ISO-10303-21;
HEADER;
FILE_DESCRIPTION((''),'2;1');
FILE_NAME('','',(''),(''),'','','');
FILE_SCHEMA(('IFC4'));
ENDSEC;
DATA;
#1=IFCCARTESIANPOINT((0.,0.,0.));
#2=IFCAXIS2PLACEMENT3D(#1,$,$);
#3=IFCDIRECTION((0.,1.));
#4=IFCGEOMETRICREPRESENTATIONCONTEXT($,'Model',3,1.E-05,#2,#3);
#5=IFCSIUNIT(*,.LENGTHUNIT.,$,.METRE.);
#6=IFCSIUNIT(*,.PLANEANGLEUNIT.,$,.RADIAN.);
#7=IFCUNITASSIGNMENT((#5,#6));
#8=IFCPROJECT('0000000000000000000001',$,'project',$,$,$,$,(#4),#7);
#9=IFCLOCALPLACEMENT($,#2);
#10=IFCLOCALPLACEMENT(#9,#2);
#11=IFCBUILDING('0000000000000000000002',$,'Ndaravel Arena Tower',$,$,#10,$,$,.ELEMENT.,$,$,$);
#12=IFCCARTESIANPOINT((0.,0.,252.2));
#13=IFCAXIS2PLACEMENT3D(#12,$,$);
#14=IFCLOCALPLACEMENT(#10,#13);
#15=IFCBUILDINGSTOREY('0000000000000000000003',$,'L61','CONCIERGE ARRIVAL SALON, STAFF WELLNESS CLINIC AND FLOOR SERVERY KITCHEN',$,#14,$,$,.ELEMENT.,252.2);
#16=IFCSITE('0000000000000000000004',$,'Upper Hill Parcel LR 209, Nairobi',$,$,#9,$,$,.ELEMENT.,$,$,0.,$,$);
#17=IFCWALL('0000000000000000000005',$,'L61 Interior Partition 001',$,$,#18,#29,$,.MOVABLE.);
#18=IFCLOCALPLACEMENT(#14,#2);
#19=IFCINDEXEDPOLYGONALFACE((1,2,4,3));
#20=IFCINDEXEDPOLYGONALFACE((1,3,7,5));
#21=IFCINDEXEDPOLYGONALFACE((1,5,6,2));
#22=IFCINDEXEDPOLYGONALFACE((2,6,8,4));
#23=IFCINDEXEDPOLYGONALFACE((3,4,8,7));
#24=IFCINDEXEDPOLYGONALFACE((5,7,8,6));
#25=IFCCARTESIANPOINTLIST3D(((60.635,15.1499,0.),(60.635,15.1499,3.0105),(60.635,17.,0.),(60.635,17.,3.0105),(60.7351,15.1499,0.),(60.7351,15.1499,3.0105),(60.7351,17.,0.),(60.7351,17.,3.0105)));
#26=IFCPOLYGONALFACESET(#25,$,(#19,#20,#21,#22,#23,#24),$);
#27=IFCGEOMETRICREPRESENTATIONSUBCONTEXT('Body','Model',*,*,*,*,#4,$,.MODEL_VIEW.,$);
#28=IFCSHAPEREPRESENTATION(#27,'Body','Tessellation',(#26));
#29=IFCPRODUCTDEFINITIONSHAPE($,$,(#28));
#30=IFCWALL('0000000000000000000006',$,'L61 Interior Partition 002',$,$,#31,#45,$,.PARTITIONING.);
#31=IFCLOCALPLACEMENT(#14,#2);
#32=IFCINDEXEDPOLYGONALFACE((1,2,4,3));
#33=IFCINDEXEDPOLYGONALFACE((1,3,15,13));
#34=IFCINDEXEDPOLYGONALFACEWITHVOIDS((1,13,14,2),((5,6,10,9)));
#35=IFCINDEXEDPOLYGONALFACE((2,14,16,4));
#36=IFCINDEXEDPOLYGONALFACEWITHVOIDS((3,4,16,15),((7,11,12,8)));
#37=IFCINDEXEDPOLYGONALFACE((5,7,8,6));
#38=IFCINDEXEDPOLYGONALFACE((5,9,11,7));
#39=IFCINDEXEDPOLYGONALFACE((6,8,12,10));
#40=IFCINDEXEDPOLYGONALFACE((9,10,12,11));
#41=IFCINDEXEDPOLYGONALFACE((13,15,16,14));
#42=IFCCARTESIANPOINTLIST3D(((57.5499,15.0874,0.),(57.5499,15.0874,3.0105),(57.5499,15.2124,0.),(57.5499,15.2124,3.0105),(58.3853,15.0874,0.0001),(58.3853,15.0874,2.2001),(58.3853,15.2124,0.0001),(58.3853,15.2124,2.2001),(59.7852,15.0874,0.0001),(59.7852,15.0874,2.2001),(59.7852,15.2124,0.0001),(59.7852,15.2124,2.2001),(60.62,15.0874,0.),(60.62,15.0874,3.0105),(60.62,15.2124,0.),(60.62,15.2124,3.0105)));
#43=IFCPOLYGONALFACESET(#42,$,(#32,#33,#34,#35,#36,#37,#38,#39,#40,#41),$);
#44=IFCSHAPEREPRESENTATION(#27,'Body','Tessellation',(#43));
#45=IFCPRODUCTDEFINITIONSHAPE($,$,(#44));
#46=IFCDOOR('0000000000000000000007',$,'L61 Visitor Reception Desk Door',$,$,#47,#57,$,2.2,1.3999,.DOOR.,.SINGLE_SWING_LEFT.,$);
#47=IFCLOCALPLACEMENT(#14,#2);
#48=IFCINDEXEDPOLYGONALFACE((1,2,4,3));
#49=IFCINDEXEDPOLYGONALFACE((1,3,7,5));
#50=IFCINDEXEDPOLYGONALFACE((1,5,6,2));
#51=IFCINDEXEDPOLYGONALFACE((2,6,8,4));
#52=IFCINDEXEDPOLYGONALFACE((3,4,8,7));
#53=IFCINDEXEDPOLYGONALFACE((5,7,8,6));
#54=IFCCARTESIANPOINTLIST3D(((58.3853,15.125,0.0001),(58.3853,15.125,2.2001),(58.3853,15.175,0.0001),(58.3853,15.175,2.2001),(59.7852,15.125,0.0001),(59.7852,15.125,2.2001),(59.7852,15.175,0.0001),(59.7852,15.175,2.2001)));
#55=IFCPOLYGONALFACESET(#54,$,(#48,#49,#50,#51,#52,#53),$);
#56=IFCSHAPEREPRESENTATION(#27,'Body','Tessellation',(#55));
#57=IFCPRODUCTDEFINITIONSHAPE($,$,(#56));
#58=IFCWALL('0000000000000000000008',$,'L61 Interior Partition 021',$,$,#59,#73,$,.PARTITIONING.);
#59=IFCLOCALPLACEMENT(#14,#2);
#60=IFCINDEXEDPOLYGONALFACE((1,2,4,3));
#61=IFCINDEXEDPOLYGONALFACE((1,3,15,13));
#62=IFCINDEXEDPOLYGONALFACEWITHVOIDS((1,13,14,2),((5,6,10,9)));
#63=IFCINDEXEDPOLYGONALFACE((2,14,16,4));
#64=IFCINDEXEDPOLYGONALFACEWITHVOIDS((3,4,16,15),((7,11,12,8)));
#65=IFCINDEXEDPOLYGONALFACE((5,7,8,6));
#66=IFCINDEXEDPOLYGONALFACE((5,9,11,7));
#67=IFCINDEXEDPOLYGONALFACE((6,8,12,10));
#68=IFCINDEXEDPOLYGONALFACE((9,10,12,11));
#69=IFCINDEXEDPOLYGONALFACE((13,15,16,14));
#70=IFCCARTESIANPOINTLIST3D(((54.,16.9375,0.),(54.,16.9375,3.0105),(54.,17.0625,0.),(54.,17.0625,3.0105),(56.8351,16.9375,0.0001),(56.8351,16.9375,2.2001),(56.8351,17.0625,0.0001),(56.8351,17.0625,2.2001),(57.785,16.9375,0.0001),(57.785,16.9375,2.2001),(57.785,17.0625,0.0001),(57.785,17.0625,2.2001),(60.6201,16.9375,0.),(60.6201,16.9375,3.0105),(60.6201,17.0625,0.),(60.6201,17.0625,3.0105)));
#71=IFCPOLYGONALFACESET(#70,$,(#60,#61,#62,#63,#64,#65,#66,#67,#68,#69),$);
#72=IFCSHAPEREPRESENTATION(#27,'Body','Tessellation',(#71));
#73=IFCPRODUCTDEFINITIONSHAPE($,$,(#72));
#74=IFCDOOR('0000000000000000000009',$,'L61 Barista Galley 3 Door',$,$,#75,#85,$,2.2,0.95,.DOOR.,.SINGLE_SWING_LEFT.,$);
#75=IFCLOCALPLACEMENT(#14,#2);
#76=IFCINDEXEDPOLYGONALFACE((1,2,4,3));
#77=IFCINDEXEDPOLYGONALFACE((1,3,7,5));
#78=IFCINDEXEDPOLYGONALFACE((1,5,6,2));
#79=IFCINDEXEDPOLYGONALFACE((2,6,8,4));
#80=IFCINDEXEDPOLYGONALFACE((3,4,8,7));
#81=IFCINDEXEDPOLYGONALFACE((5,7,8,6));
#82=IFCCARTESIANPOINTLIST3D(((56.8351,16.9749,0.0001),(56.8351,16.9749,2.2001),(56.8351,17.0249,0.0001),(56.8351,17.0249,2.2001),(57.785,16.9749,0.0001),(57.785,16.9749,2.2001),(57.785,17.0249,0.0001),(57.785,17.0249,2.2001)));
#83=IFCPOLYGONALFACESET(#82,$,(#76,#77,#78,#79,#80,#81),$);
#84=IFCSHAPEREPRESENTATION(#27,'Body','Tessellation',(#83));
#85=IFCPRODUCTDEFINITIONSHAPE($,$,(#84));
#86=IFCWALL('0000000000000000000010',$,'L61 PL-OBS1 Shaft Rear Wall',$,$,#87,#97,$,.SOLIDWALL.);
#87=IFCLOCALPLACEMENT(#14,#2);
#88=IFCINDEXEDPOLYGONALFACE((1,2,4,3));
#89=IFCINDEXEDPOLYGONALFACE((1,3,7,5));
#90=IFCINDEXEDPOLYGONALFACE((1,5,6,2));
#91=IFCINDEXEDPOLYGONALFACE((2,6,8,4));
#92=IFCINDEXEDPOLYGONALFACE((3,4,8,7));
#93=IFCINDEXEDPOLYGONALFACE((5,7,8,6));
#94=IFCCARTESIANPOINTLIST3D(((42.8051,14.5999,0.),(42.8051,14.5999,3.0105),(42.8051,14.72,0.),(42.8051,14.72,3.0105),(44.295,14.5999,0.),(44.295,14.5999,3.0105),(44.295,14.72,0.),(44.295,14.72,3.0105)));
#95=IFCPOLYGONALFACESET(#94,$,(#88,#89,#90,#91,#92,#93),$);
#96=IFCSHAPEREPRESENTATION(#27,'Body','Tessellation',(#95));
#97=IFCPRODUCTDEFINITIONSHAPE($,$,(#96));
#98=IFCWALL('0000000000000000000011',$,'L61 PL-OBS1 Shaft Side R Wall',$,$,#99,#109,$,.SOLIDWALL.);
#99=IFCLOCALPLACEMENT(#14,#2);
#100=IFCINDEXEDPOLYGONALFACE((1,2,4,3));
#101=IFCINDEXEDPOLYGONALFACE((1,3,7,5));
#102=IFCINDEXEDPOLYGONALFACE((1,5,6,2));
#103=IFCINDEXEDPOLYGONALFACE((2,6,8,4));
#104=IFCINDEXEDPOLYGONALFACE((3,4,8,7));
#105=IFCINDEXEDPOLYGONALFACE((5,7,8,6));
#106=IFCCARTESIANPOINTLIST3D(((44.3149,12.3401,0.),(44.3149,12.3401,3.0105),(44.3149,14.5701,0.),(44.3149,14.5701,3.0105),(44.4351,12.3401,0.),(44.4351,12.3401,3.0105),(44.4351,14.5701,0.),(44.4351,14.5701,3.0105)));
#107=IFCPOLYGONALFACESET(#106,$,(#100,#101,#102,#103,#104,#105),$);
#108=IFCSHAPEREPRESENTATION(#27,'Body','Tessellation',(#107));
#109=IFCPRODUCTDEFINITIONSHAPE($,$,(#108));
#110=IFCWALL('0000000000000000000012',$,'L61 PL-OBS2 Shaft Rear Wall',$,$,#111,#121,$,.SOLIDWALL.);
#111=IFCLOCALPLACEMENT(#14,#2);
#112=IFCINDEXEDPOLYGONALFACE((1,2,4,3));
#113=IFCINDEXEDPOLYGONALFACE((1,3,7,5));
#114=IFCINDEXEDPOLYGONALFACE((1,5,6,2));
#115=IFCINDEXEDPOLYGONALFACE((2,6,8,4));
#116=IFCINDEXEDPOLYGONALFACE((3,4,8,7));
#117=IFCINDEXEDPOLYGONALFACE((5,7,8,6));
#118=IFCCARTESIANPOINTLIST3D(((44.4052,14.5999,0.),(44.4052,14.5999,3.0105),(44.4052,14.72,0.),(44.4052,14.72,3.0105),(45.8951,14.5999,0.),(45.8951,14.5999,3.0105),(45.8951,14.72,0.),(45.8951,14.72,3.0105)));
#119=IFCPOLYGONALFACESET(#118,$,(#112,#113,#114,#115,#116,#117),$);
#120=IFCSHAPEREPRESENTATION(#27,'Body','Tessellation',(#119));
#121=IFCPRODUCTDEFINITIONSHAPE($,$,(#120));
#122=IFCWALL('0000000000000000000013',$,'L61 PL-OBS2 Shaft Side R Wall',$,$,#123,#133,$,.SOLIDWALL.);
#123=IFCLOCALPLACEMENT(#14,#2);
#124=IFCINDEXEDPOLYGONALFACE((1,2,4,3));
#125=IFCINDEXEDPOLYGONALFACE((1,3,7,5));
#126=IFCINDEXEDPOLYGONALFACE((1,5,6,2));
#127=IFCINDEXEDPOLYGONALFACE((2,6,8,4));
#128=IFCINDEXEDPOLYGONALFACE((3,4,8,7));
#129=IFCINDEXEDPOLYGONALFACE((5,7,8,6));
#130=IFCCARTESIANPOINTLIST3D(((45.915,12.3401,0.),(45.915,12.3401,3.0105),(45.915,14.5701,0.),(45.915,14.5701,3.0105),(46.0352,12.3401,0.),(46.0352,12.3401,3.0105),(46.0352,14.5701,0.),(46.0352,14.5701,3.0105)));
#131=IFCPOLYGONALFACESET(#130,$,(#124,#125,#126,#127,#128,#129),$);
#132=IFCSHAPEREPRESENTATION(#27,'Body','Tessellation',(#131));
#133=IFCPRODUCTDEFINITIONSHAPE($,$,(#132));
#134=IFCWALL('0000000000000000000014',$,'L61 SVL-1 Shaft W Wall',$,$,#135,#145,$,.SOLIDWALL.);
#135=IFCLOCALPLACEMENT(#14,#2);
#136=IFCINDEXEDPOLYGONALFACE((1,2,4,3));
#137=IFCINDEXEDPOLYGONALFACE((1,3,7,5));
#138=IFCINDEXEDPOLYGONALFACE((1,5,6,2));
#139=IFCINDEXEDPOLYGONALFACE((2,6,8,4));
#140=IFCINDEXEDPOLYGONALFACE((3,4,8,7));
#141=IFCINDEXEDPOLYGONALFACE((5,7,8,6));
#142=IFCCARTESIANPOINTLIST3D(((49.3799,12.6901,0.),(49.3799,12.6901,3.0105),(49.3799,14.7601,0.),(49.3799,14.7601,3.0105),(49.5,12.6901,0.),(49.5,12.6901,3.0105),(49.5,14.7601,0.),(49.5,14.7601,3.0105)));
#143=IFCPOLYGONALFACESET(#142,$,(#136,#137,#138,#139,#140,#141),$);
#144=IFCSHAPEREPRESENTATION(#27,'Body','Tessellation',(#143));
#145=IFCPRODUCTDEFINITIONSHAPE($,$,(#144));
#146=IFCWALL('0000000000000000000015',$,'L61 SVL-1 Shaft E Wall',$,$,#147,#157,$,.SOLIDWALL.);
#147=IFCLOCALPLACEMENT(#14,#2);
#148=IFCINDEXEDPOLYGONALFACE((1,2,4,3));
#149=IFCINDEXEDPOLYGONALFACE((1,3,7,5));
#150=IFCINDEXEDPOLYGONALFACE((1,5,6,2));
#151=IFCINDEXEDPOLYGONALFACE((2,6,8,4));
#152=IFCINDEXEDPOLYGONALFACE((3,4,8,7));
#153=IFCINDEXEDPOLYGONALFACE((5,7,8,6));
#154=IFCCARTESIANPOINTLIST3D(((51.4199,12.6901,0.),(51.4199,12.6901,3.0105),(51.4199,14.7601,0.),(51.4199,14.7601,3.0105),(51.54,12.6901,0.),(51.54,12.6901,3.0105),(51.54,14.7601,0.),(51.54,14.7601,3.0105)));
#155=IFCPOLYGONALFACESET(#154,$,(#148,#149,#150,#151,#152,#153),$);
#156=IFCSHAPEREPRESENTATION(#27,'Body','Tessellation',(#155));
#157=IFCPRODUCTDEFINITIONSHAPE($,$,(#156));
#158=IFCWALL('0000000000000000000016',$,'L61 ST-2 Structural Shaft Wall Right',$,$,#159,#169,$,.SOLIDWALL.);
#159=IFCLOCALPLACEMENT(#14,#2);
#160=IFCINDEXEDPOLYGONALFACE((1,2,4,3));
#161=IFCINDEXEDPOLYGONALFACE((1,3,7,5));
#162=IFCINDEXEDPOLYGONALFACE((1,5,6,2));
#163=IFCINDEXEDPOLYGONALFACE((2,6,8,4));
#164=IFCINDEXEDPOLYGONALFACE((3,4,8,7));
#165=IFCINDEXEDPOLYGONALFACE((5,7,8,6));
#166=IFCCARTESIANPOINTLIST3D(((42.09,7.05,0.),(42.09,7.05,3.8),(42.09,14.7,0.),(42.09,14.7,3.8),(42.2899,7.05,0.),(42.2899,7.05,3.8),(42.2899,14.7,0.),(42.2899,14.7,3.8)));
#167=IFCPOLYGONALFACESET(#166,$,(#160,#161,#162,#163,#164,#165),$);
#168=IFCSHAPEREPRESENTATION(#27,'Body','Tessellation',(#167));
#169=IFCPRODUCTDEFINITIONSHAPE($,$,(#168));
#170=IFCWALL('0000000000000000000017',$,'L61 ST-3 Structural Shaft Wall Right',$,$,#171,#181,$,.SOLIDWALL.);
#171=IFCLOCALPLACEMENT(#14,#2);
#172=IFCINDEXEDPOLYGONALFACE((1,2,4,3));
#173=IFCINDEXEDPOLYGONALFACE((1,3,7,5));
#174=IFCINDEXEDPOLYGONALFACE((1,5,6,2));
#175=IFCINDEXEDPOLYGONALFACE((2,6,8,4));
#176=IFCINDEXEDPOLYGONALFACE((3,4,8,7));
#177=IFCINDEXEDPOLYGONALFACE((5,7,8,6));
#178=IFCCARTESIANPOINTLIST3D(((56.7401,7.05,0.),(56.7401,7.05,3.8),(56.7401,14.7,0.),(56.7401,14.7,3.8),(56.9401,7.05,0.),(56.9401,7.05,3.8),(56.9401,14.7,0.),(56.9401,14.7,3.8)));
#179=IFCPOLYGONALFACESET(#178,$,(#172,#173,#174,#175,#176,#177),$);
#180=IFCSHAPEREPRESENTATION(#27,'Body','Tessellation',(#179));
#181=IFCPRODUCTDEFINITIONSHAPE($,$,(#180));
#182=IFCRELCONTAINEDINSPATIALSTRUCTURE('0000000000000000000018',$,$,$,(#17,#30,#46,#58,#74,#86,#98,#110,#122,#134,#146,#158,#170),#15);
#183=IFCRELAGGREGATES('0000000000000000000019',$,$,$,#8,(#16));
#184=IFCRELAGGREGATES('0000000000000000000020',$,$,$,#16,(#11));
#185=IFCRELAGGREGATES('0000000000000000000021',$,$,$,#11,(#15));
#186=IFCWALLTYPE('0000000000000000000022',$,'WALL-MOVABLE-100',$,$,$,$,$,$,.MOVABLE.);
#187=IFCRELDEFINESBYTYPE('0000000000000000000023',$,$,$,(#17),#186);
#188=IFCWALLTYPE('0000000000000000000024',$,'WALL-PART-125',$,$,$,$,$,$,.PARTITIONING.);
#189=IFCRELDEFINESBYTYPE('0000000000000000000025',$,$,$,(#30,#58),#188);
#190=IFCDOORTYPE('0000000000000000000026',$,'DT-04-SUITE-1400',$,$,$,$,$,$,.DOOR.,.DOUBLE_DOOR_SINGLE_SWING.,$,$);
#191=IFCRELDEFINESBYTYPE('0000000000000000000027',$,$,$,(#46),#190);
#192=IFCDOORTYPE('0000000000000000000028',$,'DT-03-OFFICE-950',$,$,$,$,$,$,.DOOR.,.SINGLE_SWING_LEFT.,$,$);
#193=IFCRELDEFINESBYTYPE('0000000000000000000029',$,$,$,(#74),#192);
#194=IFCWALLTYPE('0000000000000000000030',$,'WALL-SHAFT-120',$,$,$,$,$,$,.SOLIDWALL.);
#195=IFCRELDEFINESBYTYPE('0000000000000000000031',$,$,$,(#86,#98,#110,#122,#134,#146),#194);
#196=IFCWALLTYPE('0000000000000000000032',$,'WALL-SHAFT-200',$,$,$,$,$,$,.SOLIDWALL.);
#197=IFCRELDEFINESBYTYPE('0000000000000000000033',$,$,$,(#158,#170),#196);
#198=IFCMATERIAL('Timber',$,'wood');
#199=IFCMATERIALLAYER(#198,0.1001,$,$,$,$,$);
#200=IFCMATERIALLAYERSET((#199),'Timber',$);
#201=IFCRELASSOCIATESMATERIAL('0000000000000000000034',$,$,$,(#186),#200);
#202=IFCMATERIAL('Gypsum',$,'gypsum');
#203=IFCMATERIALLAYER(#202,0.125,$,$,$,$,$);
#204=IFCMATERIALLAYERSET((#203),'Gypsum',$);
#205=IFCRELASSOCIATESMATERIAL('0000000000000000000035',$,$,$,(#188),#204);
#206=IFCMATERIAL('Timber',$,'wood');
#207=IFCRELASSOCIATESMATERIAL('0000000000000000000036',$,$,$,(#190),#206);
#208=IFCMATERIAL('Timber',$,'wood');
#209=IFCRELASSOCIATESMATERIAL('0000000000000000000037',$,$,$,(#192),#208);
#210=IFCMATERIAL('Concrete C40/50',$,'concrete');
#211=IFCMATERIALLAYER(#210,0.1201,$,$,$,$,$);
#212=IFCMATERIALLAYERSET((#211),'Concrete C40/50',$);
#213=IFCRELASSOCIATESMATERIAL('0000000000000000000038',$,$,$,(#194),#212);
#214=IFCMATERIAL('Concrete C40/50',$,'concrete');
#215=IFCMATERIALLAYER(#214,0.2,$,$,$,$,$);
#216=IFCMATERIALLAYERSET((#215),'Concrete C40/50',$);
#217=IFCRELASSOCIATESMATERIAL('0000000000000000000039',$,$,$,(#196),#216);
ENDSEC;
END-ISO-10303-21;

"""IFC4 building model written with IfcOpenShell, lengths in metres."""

from ifc_helpers import new_model, si_unit, direction, frame, frame_2d, origin, place, context, subcontext, project, spatial, rectangle, extrude, material, layer, layer_set, type_object, element, fill, save


model = new_model("IFC4")

# Units and contexts
model_context = context("Model", 3, precision=1e-05, world=origin(), true_north=direction((0.0, 1.0)))
body_context = subcontext(model_context, "Body", "Model", "MODEL_VIEW")
ifc_project = project(units=[si_unit("LENGTHUNIT", "METRE"), si_unit("PLANEANGLEUNIT", "RADIAN")], contexts=[model_context])

# Site, building, storey
site_placement = place(None, origin())
site = spatial("IfcSite", under=ifc_project, at=site_placement, Name="Upper Hill Parcel LR 209, Nairobi", CompositionType="ELEMENT", RefElevation=0.0)
building_placement = place(site_placement, origin())
building = spatial("IfcBuilding", under=site, at=building_placement, Name="Ndaravel Arena Tower", CompositionType="ELEMENT")
storey_placement = place(building_placement, frame((0.0, 0.0, 252.2)))
storey = spatial("IfcBuildingStorey", under=building, at=storey_placement, Name="L61", Description="CONCIERGE ARRIVAL SALON, STAFF WELLNESS CLINIC AND FLOOR SERVERY KITCHEN", CompositionType="ELEMENT", Elevation=252.2)

# Wall
ifc_material_1 = material(Name="Timber", Category="wood")
ifc_layer_1 = layer(ifc_material_1, 0.1001)
ifc_layer_set_1 = layer_set([ifc_layer_1], Name="Timber")
wall_type_1 = type_object("IfcWallType", Name="WALL-MOVABLE-100", PredefinedType="MOVABLE", material=ifc_layer_set_1)
wall_1_placement = place(storey_placement, frame((60.6851, 17.0, 0.0), z_axis=(0.0, 0.0, 1.0), x_axis=(0.0, -1.0, 0.0)))
element("IfcWall", 1, at=wall_1_placement, inside=storey, type_object=wall_type_1, Name="L61 Interior Partition 001", PredefinedType="MOVABLE", context=body_context, shape_type="SweptSolid", body=[
    extrude(rectangle(XDim=1.8501, YDim=0.1001, at=frame_2d((0.925, 0.0))), origin(), (0.0, 0.0, 1.0), 3.0105),
])

# Walls, openings, doors
ifc_material_2 = material(Name="Gypsum", Category="gypsum")
ifc_layer_2 = layer(ifc_material_2, 0.125)
ifc_layer_set_2 = layer_set([ifc_layer_2], Name="Gypsum")
wall_type_2 = type_object("IfcWallType", Name="WALL-PART-125", PredefinedType="PARTITIONING", material=ifc_layer_set_2)
wall_2_placement = place(storey_placement, frame((60.6201, 15.1499, 0.0), z_axis=(0.0, 0.0, 1.0), x_axis=(-1.0, 0.0, 0.0)))
wall_2 = element("IfcWall", 2, at=wall_2_placement, inside=storey, type_object=wall_type_2, Name="L61 Interior Partition 002", PredefinedType="PARTITIONING", context=body_context, shape_type="SweptSolid", body=[
    extrude(rectangle(XDim=3.0701, YDim=0.125, at=frame_2d((1.5352, 0.0))), origin(), (0.0, 0.0, 1.0), 3.0105),
])
opening_1_placement = place(wall_2_placement, frame((0.835, 0.0, 0.0)))
opening_1 = element("IfcOpeningElement", 3, at=opening_1_placement, cuts=wall_2, PredefinedType="OPENING", context=body_context, shape_type="SweptSolid", body=[
    extrude(rectangle(XDim=1.3999, YDim=2.2, at=frame_2d((0.7, 1.1001))), frame((0.0, 0.0625, 0.0), z_axis=(0.0, -1.0, 0.0), x_axis=(1.0, 0.0, 0.0)), (0.0, 0.0, 1.0), 0.125),
])
ifc_material_3 = material(Name="Timber", Category="wood")
door_type_1 = type_object("IfcDoorType", Name="DT-04-SUITE-1400", OperationType="DOUBLE_DOOR_SINGLE_SWING", PredefinedType="DOOR", material=ifc_material_3)
door_1_placement = place(opening_1_placement, origin())
door_1 = element("IfcDoor", 4, at=door_1_placement, inside=storey, type_object=door_type_1, Name="L61 Visitor Reception Desk Door", OperationType="SINGLE_SWING_LEFT", OverallHeight=2.2, OverallWidth=1.3999, PredefinedType="DOOR", context=body_context, shape_type="SweptSolid", body=[
    extrude(rectangle(XDim=1.3999, YDim=2.2, at=frame_2d((0.7, 1.1001))), frame((0.0, 0.0249, 0.0), z_axis=(0.0, -1.0, 0.0), x_axis=(1.0, 0.0, 0.0)), (0.0, 0.0, 1.0), 0.05),
])
fill(opening_1, door_1)
wall_3_placement = place(storey_placement, frame((54.0, 17.0, 0.0), z_axis=(0.0, 0.0, 1.0), x_axis=(1.0, 0.0, 0.0)))
wall_3 = element("IfcWall", 5, at=wall_3_placement, inside=storey, type_object=wall_type_2, Name="L61 Interior Partition 021", PredefinedType="PARTITIONING", context=body_context, shape_type="SweptSolid", body=[
    extrude(rectangle(XDim=6.6201, YDim=0.125, at=frame_2d((3.3101, 0.0))), origin(), (0.0, 0.0, 1.0), 3.0105),
])
opening_2_placement = place(wall_3_placement, frame((2.835, 0.0, 0.0)))
opening_2 = element("IfcOpeningElement", 6, at=opening_2_placement, cuts=wall_3, PredefinedType="OPENING", context=body_context, shape_type="SweptSolid", body=[
    extrude(rectangle(XDim=0.95, YDim=2.2, at=frame_2d((0.4751, 1.1001))), frame((0.0, 0.0625, 0.0), z_axis=(0.0, -1.0, 0.0), x_axis=(1.0, 0.0, 0.0)), (0.0, 0.0, 1.0), 0.125),
])
ifc_material_4 = material(Name="Timber", Category="wood")
door_type_2 = type_object("IfcDoorType", Name="DT-03-OFFICE-950", OperationType="SINGLE_SWING_LEFT", PredefinedType="DOOR", material=ifc_material_4)
door_2_placement = place(opening_2_placement, origin())
door_2 = element("IfcDoor", 7, at=door_2_placement, inside=storey, type_object=door_type_2, Name="L61 Barista Galley 3 Door", OperationType="SINGLE_SWING_LEFT", OverallHeight=2.2, OverallWidth=0.95, PredefinedType="DOOR", context=body_context, shape_type="SweptSolid", body=[
    extrude(rectangle(XDim=0.95, YDim=2.2, at=frame_2d((0.4751, 1.1001))), frame((0.0, 0.0249, 0.0), z_axis=(0.0, -1.0, 0.0), x_axis=(1.0, 0.0, 0.0)), (0.0, 0.0, 1.0), 0.05),
])
fill(opening_2, door_2)

# Walls
ifc_material_5 = material(Name="Concrete C40/50", Category="concrete")
ifc_layer_3 = layer(ifc_material_5, 0.1201)
ifc_layer_set_3 = layer_set([ifc_layer_3], Name="Concrete C40/50")
wall_type_3 = type_object("IfcWallType", Name="WALL-SHAFT-120", PredefinedType="SOLIDWALL", material=ifc_layer_set_3)
wall_4_placement = place(storey_placement, frame((42.8049, 14.6599, 0.0), z_axis=(0.0, 0.0, 1.0), x_axis=(1.0, 0.0, 0.0)))
element("IfcWall", 8, at=wall_4_placement, inside=storey, type_object=wall_type_3, Name="L61 PL-OBS1 Shaft Rear Wall", PredefinedType="SOLIDWALL", context=body_context, shape_type="SweptSolid", body=[
    extrude(rectangle(XDim=1.49, YDim=0.1201, at=frame_2d((0.7451, 0.0))), origin(), (0.0, 0.0, 1.0), 3.0105),
])
wall_5_placement = place(storey_placement, frame((44.375, 12.3401, 0.0), z_axis=(0.0, 0.0, 1.0), x_axis=(0.0, 1.0, 0.0)))
element("IfcWall", 9, at=wall_5_placement, inside=storey, type_object=wall_type_3, Name="L61 PL-OBS1 Shaft Side R Wall", PredefinedType="SOLIDWALL", context=body_context, shape_type="SweptSolid", body=[
    extrude(rectangle(XDim=2.23, YDim=0.1201, at=frame_2d((1.115, 0.0))), origin(), (0.0, 0.0, 1.0), 3.0105),
])
wall_6_placement = place(storey_placement, frame((44.405, 14.6599, 0.0), z_axis=(0.0, 0.0, 1.0), x_axis=(1.0, 0.0, 0.0)))
element("IfcWall", 10, at=wall_6_placement, inside=storey, type_object=wall_type_3, Name="L61 PL-OBS2 Shaft Rear Wall", PredefinedType="SOLIDWALL", context=body_context, shape_type="SweptSolid", body=[
    extrude(rectangle(XDim=1.49, YDim=0.1201, at=frame_2d((0.7451, 0.0))), origin(), (0.0, 0.0, 1.0), 3.0105),
])
wall_7_placement = place(storey_placement, frame((45.9751, 12.3401, 0.0), z_axis=(0.0, 0.0, 1.0), x_axis=(0.0, 1.0, 0.0)))
element("IfcWall", 11, at=wall_7_placement, inside=storey, type_object=wall_type_3, Name="L61 PL-OBS2 Shaft Side R Wall", PredefinedType="SOLIDWALL", context=body_context, shape_type="SweptSolid", body=[
    extrude(rectangle(XDim=2.23, YDim=0.1201, at=frame_2d((1.115, 0.0))), origin(), (0.0, 0.0, 1.0), 3.0105),
])
for number, where, z_axis, x_axis, name in (
    (12, (49.4399, 12.6899, 0.0), (0.0, 0.0, 1.0), (0.0, 1.0, 0.0), "L61 SVL-1 Shaft W Wall"),
    (13, (51.48, 12.6899, 0.0), (0.0, 0.0, 1.0), (0.0, 1.0, 0.0), "L61 SVL-1 Shaft E Wall"),
):
    element("IfcWall", number, at=place(storey_placement, frame(where, z_axis=z_axis, x_axis=x_axis)), inside=storey, type_object=wall_type_3, Name=name, PredefinedType="SOLIDWALL", context=body_context, shape_type="SweptSolid", body=[
        extrude(rectangle(XDim=2.0701, YDim=0.1201, at=frame_2d((1.0352, 0.0))), origin(), (0.0, 0.0, 1.0), 3.0105),
    ])
ifc_material_6 = material(Name="Concrete C40/50", Category="concrete")
ifc_layer_4 = layer(ifc_material_6, 0.2)
ifc_layer_set_4 = layer_set([ifc_layer_4], Name="Concrete C40/50")
wall_type_4 = type_object("IfcWallType", Name="WALL-SHAFT-200", PredefinedType="SOLIDWALL", material=ifc_layer_set_4)
for number, where, z_axis, x_axis, name in (
    (14, (42.1899, 14.7, 0.0), (0.0, 0.0, 1.0), (0.0, -1.0, 0.0), "L61 ST-2 Structural Shaft Wall Right"),
    (15, (56.8401, 14.7, 0.0), (0.0, 0.0, 1.0), (0.0, -1.0, 0.0), "L61 ST-3 Structural Shaft Wall Right"),
):
    element("IfcWall", number, at=place(storey_placement, frame(where, z_axis=z_axis, x_axis=x_axis)), inside=storey, type_object=wall_type_4, Name=name, PredefinedType="SOLIDWALL", context=body_context, shape_type="SweptSolid", body=[
        extrude(rectangle(XDim=7.6499, YDim=0.2, at=frame_2d((3.825, 0.0))), origin(), (0.0, 0.0, 1.0), 3.8),
    ])

save(model, "model.ifc")
